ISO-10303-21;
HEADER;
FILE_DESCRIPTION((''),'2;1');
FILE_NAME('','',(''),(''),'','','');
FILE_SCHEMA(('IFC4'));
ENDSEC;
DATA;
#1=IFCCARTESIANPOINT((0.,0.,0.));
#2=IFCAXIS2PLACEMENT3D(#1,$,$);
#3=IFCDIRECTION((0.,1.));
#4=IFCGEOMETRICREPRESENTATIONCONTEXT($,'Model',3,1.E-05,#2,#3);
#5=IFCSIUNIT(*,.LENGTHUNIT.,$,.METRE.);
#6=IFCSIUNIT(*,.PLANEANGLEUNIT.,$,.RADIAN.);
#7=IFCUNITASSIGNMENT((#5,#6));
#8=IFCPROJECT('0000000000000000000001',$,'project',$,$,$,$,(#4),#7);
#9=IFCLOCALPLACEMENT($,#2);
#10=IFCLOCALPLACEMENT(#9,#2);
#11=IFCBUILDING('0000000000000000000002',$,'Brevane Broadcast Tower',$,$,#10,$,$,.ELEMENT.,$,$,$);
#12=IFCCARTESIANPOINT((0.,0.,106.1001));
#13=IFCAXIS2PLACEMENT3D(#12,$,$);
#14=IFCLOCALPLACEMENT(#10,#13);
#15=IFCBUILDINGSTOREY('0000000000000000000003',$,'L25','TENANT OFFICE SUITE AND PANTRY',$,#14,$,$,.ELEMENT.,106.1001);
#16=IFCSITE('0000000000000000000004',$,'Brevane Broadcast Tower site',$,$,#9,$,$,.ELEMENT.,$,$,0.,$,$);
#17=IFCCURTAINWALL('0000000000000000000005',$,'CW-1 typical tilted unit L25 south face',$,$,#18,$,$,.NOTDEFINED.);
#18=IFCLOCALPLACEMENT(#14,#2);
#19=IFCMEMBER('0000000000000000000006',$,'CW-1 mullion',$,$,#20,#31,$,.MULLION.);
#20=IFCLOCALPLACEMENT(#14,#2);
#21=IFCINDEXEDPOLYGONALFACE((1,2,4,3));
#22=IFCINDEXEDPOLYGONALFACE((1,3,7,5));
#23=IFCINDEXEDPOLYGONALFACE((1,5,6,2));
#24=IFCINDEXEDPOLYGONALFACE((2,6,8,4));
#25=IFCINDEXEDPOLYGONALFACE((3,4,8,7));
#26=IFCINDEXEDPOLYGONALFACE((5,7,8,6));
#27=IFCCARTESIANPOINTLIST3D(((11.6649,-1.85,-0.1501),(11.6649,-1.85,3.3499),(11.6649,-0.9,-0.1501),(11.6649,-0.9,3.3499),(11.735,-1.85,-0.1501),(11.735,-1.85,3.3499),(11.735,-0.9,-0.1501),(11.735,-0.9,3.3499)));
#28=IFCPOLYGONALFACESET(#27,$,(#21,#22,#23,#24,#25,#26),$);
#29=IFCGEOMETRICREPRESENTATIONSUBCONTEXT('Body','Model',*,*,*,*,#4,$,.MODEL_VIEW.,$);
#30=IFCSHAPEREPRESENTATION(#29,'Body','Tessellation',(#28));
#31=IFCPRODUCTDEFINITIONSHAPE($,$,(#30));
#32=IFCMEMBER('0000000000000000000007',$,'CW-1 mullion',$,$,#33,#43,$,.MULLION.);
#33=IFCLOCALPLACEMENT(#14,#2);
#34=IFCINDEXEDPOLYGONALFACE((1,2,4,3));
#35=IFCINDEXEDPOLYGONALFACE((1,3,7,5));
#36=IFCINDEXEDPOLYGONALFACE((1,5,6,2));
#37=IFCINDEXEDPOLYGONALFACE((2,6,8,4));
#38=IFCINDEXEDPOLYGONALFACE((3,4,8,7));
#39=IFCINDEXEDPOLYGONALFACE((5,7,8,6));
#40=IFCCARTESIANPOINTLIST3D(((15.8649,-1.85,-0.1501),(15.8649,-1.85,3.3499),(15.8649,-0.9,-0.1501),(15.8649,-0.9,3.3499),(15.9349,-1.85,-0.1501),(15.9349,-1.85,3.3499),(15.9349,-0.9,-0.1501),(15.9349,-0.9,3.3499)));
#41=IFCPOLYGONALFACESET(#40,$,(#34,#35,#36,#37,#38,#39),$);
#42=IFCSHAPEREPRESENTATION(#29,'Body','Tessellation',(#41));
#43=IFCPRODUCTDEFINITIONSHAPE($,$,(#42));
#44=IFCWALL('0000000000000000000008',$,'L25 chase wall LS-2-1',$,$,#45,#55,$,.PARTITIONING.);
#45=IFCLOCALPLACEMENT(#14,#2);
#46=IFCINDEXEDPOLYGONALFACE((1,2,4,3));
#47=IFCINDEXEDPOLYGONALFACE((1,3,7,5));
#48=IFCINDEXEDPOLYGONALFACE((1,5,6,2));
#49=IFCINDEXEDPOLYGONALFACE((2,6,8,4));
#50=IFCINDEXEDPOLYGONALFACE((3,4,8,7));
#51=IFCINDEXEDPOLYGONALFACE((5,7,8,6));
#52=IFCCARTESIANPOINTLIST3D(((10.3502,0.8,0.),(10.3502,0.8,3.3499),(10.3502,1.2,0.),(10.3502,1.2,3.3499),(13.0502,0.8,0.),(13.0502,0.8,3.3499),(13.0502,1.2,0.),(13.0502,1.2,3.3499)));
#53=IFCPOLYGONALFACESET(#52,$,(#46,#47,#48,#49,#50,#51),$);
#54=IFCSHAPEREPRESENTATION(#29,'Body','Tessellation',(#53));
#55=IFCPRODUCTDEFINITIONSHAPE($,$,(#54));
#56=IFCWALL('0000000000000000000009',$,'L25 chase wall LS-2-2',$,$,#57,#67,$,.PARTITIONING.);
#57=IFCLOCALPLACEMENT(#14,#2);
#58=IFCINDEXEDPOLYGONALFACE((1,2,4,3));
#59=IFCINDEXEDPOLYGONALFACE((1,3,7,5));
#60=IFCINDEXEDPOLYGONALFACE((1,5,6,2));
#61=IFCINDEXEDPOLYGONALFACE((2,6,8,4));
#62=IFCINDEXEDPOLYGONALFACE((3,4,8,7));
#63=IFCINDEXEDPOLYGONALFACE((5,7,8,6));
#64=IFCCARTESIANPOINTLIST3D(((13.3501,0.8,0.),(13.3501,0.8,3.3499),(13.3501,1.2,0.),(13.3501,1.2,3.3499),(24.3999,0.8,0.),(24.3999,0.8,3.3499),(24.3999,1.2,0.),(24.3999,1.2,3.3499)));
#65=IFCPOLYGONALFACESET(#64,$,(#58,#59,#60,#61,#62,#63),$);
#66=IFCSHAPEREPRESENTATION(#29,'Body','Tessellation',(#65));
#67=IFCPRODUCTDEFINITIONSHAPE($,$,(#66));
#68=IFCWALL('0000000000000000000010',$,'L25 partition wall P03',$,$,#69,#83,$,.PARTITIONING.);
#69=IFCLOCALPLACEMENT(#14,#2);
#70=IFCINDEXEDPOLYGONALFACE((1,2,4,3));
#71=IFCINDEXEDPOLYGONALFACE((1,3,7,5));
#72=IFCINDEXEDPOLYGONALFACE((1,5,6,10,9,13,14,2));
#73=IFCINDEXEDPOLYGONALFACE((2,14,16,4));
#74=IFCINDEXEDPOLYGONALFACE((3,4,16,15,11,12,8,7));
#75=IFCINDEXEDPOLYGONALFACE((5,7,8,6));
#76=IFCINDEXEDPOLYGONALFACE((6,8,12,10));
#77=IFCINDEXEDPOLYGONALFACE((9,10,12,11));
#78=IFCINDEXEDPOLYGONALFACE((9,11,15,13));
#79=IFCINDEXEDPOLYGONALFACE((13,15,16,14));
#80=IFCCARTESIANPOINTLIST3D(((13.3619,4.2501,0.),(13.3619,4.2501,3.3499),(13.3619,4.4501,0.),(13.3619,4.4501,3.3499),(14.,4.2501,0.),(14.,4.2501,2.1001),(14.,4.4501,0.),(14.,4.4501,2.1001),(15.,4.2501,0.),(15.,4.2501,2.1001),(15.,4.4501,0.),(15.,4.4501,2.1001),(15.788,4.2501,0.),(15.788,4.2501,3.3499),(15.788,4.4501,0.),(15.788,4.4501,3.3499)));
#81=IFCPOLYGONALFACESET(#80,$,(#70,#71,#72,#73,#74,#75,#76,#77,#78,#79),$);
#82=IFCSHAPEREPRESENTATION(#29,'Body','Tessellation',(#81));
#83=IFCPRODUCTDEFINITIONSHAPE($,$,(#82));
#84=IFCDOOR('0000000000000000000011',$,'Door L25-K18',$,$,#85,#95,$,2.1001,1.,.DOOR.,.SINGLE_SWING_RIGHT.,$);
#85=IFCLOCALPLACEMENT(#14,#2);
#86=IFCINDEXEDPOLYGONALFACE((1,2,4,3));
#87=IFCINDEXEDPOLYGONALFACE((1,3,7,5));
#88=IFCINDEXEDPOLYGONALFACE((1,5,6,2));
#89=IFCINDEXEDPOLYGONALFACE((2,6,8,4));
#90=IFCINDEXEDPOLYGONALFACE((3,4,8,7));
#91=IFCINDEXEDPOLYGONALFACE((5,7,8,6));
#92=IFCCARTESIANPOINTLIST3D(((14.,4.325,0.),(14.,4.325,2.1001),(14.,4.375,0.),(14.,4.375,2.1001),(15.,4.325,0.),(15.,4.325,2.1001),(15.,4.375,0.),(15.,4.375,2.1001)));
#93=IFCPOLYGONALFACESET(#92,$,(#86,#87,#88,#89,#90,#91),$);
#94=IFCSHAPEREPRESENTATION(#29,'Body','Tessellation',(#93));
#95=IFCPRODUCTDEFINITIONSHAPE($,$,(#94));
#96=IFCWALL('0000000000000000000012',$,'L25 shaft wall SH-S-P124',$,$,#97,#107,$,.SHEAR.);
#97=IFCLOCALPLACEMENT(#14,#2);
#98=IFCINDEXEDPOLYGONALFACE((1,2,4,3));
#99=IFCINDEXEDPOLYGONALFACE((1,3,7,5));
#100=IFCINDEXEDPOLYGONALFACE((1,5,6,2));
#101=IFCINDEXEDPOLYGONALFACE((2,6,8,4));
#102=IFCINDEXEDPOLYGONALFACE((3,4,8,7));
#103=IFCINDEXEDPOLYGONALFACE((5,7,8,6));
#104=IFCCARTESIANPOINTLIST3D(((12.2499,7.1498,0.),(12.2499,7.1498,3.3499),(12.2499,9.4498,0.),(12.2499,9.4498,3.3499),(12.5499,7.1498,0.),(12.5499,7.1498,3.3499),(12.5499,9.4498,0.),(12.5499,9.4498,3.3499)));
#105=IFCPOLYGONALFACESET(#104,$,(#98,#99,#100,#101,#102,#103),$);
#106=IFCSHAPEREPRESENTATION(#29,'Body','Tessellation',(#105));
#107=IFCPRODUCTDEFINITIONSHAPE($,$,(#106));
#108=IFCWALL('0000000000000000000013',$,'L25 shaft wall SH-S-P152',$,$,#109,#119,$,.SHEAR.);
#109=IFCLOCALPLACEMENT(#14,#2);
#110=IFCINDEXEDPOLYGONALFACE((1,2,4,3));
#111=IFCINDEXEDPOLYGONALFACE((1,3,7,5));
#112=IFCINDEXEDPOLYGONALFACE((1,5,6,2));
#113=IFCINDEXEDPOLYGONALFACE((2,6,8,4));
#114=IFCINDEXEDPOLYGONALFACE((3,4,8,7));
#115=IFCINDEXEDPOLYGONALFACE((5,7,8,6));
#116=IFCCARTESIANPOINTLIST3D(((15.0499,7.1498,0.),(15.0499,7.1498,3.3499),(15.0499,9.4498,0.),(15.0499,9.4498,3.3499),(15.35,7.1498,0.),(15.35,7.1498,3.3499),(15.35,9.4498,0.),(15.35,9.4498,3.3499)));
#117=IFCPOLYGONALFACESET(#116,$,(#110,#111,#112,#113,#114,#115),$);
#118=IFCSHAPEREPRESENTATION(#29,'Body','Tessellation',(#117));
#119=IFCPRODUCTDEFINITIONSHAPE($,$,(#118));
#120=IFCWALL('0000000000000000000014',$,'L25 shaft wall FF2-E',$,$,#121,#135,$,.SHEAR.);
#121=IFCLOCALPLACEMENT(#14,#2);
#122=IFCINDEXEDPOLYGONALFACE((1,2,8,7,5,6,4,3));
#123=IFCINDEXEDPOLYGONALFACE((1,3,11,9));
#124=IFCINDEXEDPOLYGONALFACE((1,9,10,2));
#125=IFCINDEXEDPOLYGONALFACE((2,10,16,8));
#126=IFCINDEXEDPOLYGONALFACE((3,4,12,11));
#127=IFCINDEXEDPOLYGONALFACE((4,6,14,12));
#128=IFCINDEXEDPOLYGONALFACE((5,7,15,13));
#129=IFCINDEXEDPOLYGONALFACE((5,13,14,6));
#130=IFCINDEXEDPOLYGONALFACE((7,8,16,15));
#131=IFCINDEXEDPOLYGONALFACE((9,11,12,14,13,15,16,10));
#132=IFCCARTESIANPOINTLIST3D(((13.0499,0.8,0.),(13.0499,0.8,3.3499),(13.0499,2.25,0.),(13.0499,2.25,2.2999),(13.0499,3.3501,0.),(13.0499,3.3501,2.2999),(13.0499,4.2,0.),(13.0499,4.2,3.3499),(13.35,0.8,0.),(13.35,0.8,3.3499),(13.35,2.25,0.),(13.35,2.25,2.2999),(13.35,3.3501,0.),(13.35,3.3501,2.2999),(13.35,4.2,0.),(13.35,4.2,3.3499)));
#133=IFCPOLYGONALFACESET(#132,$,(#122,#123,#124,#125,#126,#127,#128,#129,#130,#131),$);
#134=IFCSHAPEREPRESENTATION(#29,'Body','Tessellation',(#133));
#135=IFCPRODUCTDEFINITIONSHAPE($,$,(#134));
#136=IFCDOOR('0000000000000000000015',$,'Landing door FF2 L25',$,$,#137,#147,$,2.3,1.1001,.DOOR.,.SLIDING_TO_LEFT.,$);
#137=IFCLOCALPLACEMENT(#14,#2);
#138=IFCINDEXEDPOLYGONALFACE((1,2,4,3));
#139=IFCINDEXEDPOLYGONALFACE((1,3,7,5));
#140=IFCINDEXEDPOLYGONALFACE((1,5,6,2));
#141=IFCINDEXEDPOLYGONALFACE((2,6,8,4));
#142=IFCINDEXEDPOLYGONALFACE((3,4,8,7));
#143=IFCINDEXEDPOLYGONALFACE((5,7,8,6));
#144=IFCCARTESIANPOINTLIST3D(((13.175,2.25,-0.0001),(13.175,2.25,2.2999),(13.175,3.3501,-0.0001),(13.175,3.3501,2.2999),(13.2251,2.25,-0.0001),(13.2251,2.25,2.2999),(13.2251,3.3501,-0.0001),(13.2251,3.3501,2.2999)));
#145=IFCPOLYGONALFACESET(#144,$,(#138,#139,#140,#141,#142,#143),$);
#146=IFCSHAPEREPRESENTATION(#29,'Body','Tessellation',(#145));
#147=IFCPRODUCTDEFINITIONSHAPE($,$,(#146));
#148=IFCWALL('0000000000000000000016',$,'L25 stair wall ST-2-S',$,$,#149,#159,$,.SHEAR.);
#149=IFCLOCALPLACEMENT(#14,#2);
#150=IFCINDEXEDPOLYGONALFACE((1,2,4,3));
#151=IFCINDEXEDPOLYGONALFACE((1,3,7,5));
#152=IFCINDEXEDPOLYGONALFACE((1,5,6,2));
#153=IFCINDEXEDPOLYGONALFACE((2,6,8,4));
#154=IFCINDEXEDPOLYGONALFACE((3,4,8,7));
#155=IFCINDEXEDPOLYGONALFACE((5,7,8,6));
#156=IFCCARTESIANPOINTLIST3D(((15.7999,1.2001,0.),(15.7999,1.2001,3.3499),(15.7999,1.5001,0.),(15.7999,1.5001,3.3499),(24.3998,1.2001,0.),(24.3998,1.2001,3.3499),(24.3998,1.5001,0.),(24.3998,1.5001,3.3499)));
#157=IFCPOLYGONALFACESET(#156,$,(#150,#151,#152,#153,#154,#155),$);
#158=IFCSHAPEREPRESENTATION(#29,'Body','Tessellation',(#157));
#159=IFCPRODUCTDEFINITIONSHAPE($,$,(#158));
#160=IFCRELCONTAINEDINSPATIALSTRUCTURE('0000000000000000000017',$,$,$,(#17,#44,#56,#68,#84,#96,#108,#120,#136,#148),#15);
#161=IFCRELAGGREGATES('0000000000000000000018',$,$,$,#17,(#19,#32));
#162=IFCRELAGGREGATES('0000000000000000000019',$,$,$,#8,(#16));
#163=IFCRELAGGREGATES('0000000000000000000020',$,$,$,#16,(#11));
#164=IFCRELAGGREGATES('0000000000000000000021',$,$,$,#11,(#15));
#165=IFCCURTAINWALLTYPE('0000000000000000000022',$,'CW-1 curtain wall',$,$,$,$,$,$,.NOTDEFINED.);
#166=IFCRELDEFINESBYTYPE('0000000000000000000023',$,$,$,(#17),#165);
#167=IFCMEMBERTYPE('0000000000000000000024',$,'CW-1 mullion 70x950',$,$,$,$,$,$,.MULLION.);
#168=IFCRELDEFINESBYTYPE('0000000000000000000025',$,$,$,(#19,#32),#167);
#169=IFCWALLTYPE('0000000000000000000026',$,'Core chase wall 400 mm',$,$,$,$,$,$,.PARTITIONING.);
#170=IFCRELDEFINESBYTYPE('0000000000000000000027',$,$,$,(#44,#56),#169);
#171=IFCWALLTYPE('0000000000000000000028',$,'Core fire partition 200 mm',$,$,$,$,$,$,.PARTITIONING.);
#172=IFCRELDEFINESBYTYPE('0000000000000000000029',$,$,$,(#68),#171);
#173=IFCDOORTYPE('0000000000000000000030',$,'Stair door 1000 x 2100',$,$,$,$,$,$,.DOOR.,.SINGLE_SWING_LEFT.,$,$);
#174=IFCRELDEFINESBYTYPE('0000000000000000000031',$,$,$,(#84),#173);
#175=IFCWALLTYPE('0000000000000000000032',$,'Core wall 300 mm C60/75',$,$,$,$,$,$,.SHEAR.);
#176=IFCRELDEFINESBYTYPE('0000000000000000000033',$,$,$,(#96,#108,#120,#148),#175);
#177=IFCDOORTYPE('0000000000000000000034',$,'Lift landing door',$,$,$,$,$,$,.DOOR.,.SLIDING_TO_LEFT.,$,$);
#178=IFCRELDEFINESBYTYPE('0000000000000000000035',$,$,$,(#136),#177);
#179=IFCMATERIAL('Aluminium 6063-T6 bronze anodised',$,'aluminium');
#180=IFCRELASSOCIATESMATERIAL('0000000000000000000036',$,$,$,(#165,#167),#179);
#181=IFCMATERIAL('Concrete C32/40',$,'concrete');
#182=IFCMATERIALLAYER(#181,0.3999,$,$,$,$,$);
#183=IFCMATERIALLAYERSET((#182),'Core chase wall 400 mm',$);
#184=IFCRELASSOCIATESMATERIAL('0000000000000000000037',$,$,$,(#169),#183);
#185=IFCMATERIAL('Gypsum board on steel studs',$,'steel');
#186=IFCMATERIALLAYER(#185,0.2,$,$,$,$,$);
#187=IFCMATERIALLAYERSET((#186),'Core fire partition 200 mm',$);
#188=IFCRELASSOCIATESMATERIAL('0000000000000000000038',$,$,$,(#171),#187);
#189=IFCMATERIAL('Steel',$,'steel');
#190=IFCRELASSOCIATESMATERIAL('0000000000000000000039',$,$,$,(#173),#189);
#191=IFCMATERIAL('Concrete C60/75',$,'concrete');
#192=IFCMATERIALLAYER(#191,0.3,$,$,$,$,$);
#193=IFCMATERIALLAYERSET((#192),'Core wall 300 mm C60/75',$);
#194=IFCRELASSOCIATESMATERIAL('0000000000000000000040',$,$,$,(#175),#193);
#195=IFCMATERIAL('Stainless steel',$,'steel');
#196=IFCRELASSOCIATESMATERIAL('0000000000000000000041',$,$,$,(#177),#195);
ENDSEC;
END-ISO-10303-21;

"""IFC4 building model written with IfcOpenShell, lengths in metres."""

from ifc_helpers import new_model, si_unit, direction, frame, frame_2d, origin, origin_2d, place, context, subcontext, project, spatial, rectangle, extrude, material, layer, layer_set, material_profile, profile_set, type_object, element, fill, aggregate, save


model = new_model("IFC4")

# Units and contexts
model_context = context("Model", 3, precision=1e-05, world=origin(), true_north=direction((0.0, 1.0)))
body_context = subcontext(model_context, "Body", "Model", "MODEL_VIEW")
ifc_project = project(units=[si_unit("LENGTHUNIT", "METRE"), si_unit("PLANEANGLEUNIT", "RADIAN")], contexts=[model_context])

# Site, building, storey
site_placement = place(None, origin())
site = spatial("IfcSite", under=ifc_project, at=site_placement, Name="Brevane Broadcast Tower site", CompositionType="ELEMENT", RefElevation=0.0)
building_placement = place(site_placement, origin())
building = spatial("IfcBuilding", under=site, at=building_placement, Name="Brevane Broadcast Tower", CompositionType="ELEMENT")
storey_placement = place(building_placement, frame((0.0, 0.0, 106.1001)))
storey = spatial("IfcBuildingStorey", under=building, at=storey_placement, Name="L25", Description="TENANT OFFICE SUITE AND PANTRY", CompositionType="ELEMENT", Elevation=106.1001)

# Curtain wall, members
ifc_material_1 = material(Name="Aluminium 6063-T6 bronze anodised", Category="aluminium")
curtain_wall_type = type_object("IfcCurtainWallType", Name="CW-1 curtain wall", PredefinedType="NOTDEFINED", material=ifc_material_1)
curtain_wall_placement = place(storey_placement, origin())
curtain_wall = element("IfcCurtainWall", 1, at=curtain_wall_placement, inside=storey, type_object=curtain_wall_type, Name="CW-1 typical tilted unit L25 south face", PredefinedType="NOTDEFINED")
ifc_material_profile = material_profile(ifc_material_1, rectangle(XDim=0.95, YDim=0.0701, at=origin_2d()), Name="RECT 70x950")
ifc_profile_set = profile_set([ifc_material_profile], Name="Aluminium 6063-T6 bronze anodised")
member_type = type_object("IfcMemberType", Name="CW-1 mullion 70x950", PredefinedType="MULLION", material=ifc_profile_set)
member_1_placement = place(storey_placement, frame((11.7, -1.375, -0.1501), z_axis=(0.0, 0.0, 1.0), x_axis=(0.0, 1.0, 0.0)))
member_1 = element("IfcMember", 2, at=member_1_placement, type_object=member_type, Name="CW-1 mullion", PredefinedType="MULLION", context=body_context, shape_type="SweptSolid", body=[
    extrude(rectangle(XDim=0.95, YDim=0.0701, at=origin_2d()), origin(), (0.0, 0.0, 1.0), 3.5),
])
member_2_placement = place(storey_placement, frame((15.8999, -1.375, -0.1501), z_axis=(0.0, 0.0, 1.0), x_axis=(0.0, 1.0, 0.0)))
member_2 = element("IfcMember", 3, at=member_2_placement, type_object=member_type, Name="CW-1 mullion", PredefinedType="MULLION", context=body_context, shape_type="SweptSolid", body=[
    extrude(rectangle(XDim=0.95, YDim=0.0701, at=origin_2d()), origin(), (0.0, 0.0, 1.0), 3.5),
])
aggregate(curtain_wall, [member_1, member_2])

# Walls
ifc_material_2 = material(Name="Concrete C32/40", Category="concrete")
ifc_layer_1 = layer(ifc_material_2, 0.3999)
ifc_layer_set_1 = layer_set([ifc_layer_1], Name="Core chase wall 400 mm")
wall_type_1 = type_object("IfcWallType", Name="Core chase wall 400 mm", PredefinedType="PARTITIONING", material=ifc_layer_set_1)
wall_1_placement = place(storey_placement, frame((10.3501, 1.0, 0.0), z_axis=(0.0, 0.0, 1.0), x_axis=(1.0, 0.0, 0.0)))
element("IfcWall", 4, at=wall_1_placement, inside=storey, type_object=wall_type_1, Name="L25 chase wall LS-2-1", PredefinedType="PARTITIONING", context=body_context, shape_type="SweptSolid", body=[
    extrude(rectangle(XDim=2.7, YDim=0.3999, at=frame_2d((1.3501, 0.0))), origin(), (0.0, 0.0, 1.0), 3.3499),
])
wall_2_placement = place(storey_placement, frame((13.3501, 1.0, 0.0), z_axis=(0.0, 0.0, 1.0), x_axis=(1.0, 0.0, 0.0)))
element("IfcWall", 5, at=wall_2_placement, inside=storey, type_object=wall_type_1, Name="L25 chase wall LS-2-2", PredefinedType="PARTITIONING", context=body_context, shape_type="SweptSolid", body=[
    extrude(rectangle(XDim=11.0498, YDim=0.3999, at=frame_2d((5.5249, 0.0))), origin(), (0.0, 0.0, 1.0), 3.3499),
])

# Wall, opening, door
ifc_material_3 = material(Name="Gypsum board on steel studs", Category="steel")
ifc_layer_2 = layer(ifc_material_3, 0.2)
ifc_layer_set_2 = layer_set([ifc_layer_2], Name="Core fire partition 200 mm")
wall_type_2 = type_object("IfcWallType", Name="Core fire partition 200 mm", PredefinedType="PARTITIONING", material=ifc_layer_set_2)
wall_3_placement = place(storey_placement, frame((13.3621, 4.3501, 0.0), z_axis=(0.0, 0.0, 1.0), x_axis=(1.0, 0.0, 0.0)))
wall_3 = element("IfcWall", 6, at=wall_3_placement, inside=storey, type_object=wall_type_2, Name="L25 partition wall P03", PredefinedType="PARTITIONING", context=body_context, shape_type="SweptSolid", body=[
    extrude(rectangle(XDim=2.426, YDim=0.2, at=frame_2d((1.2129, 0.0))), origin(), (0.0, 0.0, 1.0), 3.3499),
])
opening_1_placement = place(wall_3_placement, frame((0.6379, 0.0, 0.0)))
opening_1 = element("IfcOpeningElement", 7, at=opening_1_placement, cuts=wall_3, PredefinedType="OPENING", context=body_context, shape_type="SweptSolid", body=[
    extrude(rectangle(XDim=1.0, YDim=2.1001, at=frame_2d((0.5, 1.05))), frame((0.0, 0.1099, 0.0), z_axis=(0.0, -1.0, 0.0), x_axis=(1.0, 0.0, 0.0)), (0.0, 0.0, 1.0), 0.22),
])
ifc_material_4 = material(Name="Steel", Category="steel")
door_type_1 = type_object("IfcDoorType", Name="Stair door 1000 x 2100", OperationType="SINGLE_SWING_LEFT", PredefinedType="DOOR", material=ifc_material_4)
door_1_placement = place(opening_1_placement, origin())
door_1 = element("IfcDoor", 8, at=door_1_placement, inside=storey, type_object=door_type_1, Name="Door L25-K18", OperationType="SINGLE_SWING_RIGHT", OverallHeight=2.1001, OverallWidth=1.0, PredefinedType="DOOR", context=body_context, shape_type="SweptSolid", body=[
    extrude(rectangle(XDim=1.0, YDim=2.1001, at=frame_2d((0.5, 1.05))), frame((0.0, 0.0249, 0.0), z_axis=(0.0, -1.0, 0.0), x_axis=(1.0, 0.0, 0.0)), (0.0, 0.0, 1.0), 0.05),
])
fill(opening_1, door_1)

# Walls
ifc_material_5 = material(Name="Concrete C60/75", Category="concrete")
ifc_layer_3 = layer(ifc_material_5, 0.3)
ifc_layer_set_3 = layer_set([ifc_layer_3], Name="Core wall 300 mm C60/75")
wall_type_3 = type_object("IfcWallType", Name="Core wall 300 mm C60/75", PredefinedType="SHEAR", material=ifc_layer_set_3)
for number, where, z_axis, x_axis, name in (
    (9, (12.3999, 7.1499, 0.0), (0.0, 0.0, 1.0), (0.0, 1.0, 0.0), "L25 shaft wall SH-S-P124"),
    (10, (15.2, 7.1499, 0.0), (0.0, 0.0, 1.0), (0.0, 1.0, 0.0), "L25 shaft wall SH-S-P152"),
):
    element("IfcWall", number, at=place(storey_placement, frame(where, z_axis=z_axis, x_axis=x_axis)), inside=storey, type_object=wall_type_3, Name=name, PredefinedType="SHEAR", context=body_context, shape_type="SweptSolid", body=[
        extrude(rectangle(XDim=2.3, YDim=0.3, at=frame_2d((1.1499, 0.0))), origin(), (0.0, 0.0, 1.0), 3.3499),
    ])

# Wall, opening, door
wall_4_placement = place(storey_placement, frame((13.2, 0.8, 0.0), z_axis=(0.0, 0.0, 1.0), x_axis=(0.0, 1.0, 0.0)))
wall_4 = element("IfcWall", 11, at=wall_4_placement, inside=storey, type_object=wall_type_3, Name="L25 shaft wall FF2-E", PredefinedType="SHEAR", context=body_context, shape_type="SweptSolid", body=[
    extrude(rectangle(XDim=3.3999, YDim=0.3, at=frame_2d((1.7, 0.0))), origin(), (0.0, 0.0, 1.0), 3.3499),
])
opening_2_placement = place(wall_4_placement, frame((1.45, 0.0, 0.0)))
opening_2 = element("IfcOpeningElement", 12, at=opening_2_placement, cuts=wall_4, PredefinedType="OPENING", context=body_context, shape_type="SweptSolid", body=[
    extrude(rectangle(XDim=1.1001, YDim=2.3, at=frame_2d((0.55, 1.1499))), frame((0.0, 0.1599, 0.0), z_axis=(0.0, -1.0, 0.0), x_axis=(1.0, 0.0, 0.0)), (0.0, 0.0, 1.0), 0.3201),
])
ifc_material_6 = material(Name="Stainless steel", Category="steel")
door_type_2 = type_object("IfcDoorType", Name="Lift landing door", OperationType="SLIDING_TO_LEFT", PredefinedType="DOOR", material=ifc_material_6)
door_2_placement = place(opening_2_placement, origin())
door_2 = element("IfcDoor", 13, at=door_2_placement, inside=storey, type_object=door_type_2, Name="Landing door FF2 L25", OperationType="SLIDING_TO_LEFT", OverallHeight=2.3, OverallWidth=1.1001, PredefinedType="DOOR", context=body_context, shape_type="SweptSolid", body=[
    extrude(rectangle(XDim=1.1001, YDim=2.3, at=frame_2d((0.55, 1.1499))), frame((0.0, 0.0249, 0.0), z_axis=(0.0, -1.0, 0.0), x_axis=(1.0, 0.0, 0.0)), (0.0, 0.0, 1.0), 0.05),
])
fill(opening_2, door_2)

# Wall
wall_5_placement = place(storey_placement, frame((15.8, 1.3501, 0.0), z_axis=(0.0, 0.0, 1.0), x_axis=(1.0, 0.0, 0.0)))
element("IfcWall", 14, at=wall_5_placement, inside=storey, type_object=wall_type_3, Name="L25 stair wall ST-2-S", PredefinedType="SHEAR", context=body_context, shape_type="SweptSolid", body=[
    extrude(rectangle(XDim=8.5999, YDim=0.3, at=frame_2d((4.2998, 0.0))), origin(), (0.0, 0.0, 1.0), 3.3499),
])

save(model, "model.ifc")
